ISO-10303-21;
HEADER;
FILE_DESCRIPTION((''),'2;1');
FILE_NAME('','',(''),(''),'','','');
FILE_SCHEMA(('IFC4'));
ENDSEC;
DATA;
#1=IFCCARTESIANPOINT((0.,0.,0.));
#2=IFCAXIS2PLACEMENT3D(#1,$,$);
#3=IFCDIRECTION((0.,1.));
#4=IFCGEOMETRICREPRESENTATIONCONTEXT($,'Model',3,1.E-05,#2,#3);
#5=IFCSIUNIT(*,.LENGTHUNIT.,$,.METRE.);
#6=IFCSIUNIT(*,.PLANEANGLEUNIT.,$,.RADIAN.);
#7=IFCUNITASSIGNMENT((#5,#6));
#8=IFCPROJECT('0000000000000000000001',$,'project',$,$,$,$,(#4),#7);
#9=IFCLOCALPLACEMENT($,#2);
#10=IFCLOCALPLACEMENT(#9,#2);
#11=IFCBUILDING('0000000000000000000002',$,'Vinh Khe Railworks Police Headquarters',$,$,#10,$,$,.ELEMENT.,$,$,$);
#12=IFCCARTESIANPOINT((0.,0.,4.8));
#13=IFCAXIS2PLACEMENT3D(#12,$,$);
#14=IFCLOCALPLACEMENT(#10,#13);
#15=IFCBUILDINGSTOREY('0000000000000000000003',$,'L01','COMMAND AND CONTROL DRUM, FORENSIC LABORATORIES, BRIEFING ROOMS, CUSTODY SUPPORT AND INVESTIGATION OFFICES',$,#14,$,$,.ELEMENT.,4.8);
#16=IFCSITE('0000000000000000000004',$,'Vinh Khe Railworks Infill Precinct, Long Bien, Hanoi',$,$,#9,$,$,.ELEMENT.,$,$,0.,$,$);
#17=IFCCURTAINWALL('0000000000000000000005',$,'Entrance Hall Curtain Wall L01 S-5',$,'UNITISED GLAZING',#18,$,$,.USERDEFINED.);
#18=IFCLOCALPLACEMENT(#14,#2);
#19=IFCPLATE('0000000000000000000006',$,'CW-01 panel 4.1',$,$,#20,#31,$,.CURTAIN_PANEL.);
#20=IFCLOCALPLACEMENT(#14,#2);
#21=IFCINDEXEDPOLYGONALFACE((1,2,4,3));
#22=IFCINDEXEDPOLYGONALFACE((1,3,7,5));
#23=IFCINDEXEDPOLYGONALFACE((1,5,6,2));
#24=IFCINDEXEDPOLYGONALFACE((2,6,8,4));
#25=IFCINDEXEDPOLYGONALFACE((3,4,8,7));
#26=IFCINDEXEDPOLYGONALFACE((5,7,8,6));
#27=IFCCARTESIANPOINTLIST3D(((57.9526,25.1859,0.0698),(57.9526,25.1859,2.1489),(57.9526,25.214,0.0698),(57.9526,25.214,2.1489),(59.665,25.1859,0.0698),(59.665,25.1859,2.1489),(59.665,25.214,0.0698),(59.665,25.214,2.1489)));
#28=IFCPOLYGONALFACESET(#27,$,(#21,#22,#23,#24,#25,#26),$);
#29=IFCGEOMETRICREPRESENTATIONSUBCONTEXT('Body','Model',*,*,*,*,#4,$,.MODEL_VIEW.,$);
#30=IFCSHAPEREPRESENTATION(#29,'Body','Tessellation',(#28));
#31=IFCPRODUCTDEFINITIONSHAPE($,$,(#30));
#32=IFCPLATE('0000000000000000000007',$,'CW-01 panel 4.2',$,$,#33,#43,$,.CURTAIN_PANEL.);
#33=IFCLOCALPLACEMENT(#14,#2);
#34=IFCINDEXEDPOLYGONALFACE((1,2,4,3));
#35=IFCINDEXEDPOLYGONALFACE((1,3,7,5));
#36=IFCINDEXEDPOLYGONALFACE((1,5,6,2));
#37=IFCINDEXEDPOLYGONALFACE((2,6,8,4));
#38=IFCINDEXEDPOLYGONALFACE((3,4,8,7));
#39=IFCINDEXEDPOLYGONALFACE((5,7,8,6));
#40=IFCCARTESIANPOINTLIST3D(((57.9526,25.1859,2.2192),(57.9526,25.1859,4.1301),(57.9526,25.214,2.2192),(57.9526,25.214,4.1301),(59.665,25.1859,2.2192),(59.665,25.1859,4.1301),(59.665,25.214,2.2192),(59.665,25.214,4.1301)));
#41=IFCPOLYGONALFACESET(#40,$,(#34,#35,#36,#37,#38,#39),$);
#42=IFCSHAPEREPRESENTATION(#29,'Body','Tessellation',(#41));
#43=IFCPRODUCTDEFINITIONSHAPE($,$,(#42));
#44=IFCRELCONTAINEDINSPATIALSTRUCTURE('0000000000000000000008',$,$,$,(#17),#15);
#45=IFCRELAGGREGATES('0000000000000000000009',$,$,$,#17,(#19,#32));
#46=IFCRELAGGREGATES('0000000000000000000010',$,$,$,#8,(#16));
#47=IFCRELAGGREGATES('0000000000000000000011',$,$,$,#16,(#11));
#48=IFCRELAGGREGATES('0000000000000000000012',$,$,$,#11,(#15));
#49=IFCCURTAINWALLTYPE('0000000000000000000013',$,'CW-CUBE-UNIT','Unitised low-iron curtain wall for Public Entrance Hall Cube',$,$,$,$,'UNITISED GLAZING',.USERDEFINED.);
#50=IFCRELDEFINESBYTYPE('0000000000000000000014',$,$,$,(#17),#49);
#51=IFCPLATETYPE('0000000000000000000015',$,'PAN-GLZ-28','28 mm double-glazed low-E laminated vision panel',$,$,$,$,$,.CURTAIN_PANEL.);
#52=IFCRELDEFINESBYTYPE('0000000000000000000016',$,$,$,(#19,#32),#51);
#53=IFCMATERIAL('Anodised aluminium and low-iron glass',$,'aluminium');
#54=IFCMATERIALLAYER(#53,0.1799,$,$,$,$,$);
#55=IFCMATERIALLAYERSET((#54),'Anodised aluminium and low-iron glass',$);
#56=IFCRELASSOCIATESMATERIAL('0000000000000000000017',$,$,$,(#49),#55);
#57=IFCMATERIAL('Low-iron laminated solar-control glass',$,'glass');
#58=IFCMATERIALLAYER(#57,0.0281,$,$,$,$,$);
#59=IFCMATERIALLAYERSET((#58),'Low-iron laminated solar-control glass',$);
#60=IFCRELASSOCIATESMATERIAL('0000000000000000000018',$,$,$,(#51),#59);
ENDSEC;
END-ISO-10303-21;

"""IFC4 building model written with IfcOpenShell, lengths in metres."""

from ifc_helpers import new_model, si_unit, direction, frame, origin, origin_2d, place, context, subcontext, project, spatial, rectangle, extrude, material, layer, layer_set, type_object, element, aggregate, save


model = new_model("IFC4")

# Units and contexts
model_context = context("Model", 3, precision=1e-05, world=origin(), true_north=direction((0.0, 1.0)))
body_context = subcontext(model_context, "Body", "Model", "MODEL_VIEW")
ifc_project = project(units=[si_unit("LENGTHUNIT", "METRE"), si_unit("PLANEANGLEUNIT", "RADIAN")], contexts=[model_context])

# Site, building, storey
site_placement = place(None, origin())
site = spatial("IfcSite", under=ifc_project, at=site_placement, Name="Vinh Khe Railworks Infill Precinct, Long Bien, Hanoi", CompositionType="ELEMENT", RefElevation=0.0)
building_placement = place(site_placement, origin())
building = spatial("IfcBuilding", under=site, at=building_placement, Name="Vinh Khe Railworks Police Headquarters", CompositionType="ELEMENT")
storey_placement = place(building_placement, frame((0.0, 0.0, 4.8)))
storey = spatial("IfcBuildingStorey", under=building, at=storey_placement, Name="L01", Description="COMMAND AND CONTROL DRUM, FORENSIC LABORATORIES, BRIEFING ROOMS, CUSTODY SUPPORT AND INVESTIGATION OFFICES", CompositionType="ELEMENT", Elevation=4.8)

# Curtain wall
ifc_material_1 = material(Name="Anodised aluminium and low-iron glass", Category="aluminium")
ifc_layer_1 = layer(ifc_material_1, 0.1799)
ifc_layer_set_1 = layer_set([ifc_layer_1], Name="Anodised aluminium and low-iron glass")
curtain_wall_type = type_object("IfcCurtainWallType", Name="CW-CUBE-UNIT", Description="Unitised low-iron curtain wall for Public Entrance Hall Cube", ElementType="UNITISED GLAZING", PredefinedType="USERDEFINED", material=ifc_layer_set_1)
curtain_wall_1_placement = place(storey_placement, origin())
curtain_wall_1 = element("IfcCurtainWall", 1, at=curtain_wall_1_placement, inside=storey, type_object=curtain_wall_type, Name="Entrance Hall Curtain Wall L01 S-5", ObjectType="UNITISED GLAZING", PredefinedType="USERDEFINED")

# Plates
ifc_material_2 = material(Name="Low-iron laminated solar-control glass", Category="glass")
ifc_layer_2 = layer(ifc_material_2, 0.0281)
ifc_layer_set_2 = layer_set([ifc_layer_2], Name="Low-iron laminated solar-control glass")
plate_type = type_object("IfcPlateType", Name="PAN-GLZ-28", Description="28 mm double-glazed low-E laminated vision panel", PredefinedType="CURTAIN_PANEL", material=ifc_layer_set_2)
plate_1_placement = place(storey_placement, frame((58.8088, 25.2, 0.0698), z_axis=(0.0, 0.0, 1.0), x_axis=(1.0, 0.0, 0.0)))
plate_1 = element("IfcPlate", 2, at=plate_1_placement, type_object=plate_type, Name="CW-01 panel 4.1", PredefinedType="CURTAIN_PANEL", context=body_context, shape_type="SweptSolid", body=[
    extrude(rectangle(XDim=1.7124, YDim=0.0281, at=origin_2d()), origin(), (0.0, 0.0, 1.0), 2.0791),
])
plate_2_placement = place(storey_placement, frame((58.8088, 25.2, 2.2192), z_axis=(0.0, 0.0, 1.0), x_axis=(1.0, 0.0, 0.0)))
plate_2 = element("IfcPlate", 3, at=plate_2_placement, type_object=plate_type, Name="CW-01 panel 4.2", PredefinedType="CURTAIN_PANEL", context=body_context, shape_type="SweptSolid", body=[
    extrude(rectangle(XDim=1.7124, YDim=0.0281, at=origin_2d()), origin(), (0.0, 0.0, 1.0), 1.9109),
])
aggregate(curtain_wall_1, [plate_1, plate_2])

save(model, "model.ifc")
